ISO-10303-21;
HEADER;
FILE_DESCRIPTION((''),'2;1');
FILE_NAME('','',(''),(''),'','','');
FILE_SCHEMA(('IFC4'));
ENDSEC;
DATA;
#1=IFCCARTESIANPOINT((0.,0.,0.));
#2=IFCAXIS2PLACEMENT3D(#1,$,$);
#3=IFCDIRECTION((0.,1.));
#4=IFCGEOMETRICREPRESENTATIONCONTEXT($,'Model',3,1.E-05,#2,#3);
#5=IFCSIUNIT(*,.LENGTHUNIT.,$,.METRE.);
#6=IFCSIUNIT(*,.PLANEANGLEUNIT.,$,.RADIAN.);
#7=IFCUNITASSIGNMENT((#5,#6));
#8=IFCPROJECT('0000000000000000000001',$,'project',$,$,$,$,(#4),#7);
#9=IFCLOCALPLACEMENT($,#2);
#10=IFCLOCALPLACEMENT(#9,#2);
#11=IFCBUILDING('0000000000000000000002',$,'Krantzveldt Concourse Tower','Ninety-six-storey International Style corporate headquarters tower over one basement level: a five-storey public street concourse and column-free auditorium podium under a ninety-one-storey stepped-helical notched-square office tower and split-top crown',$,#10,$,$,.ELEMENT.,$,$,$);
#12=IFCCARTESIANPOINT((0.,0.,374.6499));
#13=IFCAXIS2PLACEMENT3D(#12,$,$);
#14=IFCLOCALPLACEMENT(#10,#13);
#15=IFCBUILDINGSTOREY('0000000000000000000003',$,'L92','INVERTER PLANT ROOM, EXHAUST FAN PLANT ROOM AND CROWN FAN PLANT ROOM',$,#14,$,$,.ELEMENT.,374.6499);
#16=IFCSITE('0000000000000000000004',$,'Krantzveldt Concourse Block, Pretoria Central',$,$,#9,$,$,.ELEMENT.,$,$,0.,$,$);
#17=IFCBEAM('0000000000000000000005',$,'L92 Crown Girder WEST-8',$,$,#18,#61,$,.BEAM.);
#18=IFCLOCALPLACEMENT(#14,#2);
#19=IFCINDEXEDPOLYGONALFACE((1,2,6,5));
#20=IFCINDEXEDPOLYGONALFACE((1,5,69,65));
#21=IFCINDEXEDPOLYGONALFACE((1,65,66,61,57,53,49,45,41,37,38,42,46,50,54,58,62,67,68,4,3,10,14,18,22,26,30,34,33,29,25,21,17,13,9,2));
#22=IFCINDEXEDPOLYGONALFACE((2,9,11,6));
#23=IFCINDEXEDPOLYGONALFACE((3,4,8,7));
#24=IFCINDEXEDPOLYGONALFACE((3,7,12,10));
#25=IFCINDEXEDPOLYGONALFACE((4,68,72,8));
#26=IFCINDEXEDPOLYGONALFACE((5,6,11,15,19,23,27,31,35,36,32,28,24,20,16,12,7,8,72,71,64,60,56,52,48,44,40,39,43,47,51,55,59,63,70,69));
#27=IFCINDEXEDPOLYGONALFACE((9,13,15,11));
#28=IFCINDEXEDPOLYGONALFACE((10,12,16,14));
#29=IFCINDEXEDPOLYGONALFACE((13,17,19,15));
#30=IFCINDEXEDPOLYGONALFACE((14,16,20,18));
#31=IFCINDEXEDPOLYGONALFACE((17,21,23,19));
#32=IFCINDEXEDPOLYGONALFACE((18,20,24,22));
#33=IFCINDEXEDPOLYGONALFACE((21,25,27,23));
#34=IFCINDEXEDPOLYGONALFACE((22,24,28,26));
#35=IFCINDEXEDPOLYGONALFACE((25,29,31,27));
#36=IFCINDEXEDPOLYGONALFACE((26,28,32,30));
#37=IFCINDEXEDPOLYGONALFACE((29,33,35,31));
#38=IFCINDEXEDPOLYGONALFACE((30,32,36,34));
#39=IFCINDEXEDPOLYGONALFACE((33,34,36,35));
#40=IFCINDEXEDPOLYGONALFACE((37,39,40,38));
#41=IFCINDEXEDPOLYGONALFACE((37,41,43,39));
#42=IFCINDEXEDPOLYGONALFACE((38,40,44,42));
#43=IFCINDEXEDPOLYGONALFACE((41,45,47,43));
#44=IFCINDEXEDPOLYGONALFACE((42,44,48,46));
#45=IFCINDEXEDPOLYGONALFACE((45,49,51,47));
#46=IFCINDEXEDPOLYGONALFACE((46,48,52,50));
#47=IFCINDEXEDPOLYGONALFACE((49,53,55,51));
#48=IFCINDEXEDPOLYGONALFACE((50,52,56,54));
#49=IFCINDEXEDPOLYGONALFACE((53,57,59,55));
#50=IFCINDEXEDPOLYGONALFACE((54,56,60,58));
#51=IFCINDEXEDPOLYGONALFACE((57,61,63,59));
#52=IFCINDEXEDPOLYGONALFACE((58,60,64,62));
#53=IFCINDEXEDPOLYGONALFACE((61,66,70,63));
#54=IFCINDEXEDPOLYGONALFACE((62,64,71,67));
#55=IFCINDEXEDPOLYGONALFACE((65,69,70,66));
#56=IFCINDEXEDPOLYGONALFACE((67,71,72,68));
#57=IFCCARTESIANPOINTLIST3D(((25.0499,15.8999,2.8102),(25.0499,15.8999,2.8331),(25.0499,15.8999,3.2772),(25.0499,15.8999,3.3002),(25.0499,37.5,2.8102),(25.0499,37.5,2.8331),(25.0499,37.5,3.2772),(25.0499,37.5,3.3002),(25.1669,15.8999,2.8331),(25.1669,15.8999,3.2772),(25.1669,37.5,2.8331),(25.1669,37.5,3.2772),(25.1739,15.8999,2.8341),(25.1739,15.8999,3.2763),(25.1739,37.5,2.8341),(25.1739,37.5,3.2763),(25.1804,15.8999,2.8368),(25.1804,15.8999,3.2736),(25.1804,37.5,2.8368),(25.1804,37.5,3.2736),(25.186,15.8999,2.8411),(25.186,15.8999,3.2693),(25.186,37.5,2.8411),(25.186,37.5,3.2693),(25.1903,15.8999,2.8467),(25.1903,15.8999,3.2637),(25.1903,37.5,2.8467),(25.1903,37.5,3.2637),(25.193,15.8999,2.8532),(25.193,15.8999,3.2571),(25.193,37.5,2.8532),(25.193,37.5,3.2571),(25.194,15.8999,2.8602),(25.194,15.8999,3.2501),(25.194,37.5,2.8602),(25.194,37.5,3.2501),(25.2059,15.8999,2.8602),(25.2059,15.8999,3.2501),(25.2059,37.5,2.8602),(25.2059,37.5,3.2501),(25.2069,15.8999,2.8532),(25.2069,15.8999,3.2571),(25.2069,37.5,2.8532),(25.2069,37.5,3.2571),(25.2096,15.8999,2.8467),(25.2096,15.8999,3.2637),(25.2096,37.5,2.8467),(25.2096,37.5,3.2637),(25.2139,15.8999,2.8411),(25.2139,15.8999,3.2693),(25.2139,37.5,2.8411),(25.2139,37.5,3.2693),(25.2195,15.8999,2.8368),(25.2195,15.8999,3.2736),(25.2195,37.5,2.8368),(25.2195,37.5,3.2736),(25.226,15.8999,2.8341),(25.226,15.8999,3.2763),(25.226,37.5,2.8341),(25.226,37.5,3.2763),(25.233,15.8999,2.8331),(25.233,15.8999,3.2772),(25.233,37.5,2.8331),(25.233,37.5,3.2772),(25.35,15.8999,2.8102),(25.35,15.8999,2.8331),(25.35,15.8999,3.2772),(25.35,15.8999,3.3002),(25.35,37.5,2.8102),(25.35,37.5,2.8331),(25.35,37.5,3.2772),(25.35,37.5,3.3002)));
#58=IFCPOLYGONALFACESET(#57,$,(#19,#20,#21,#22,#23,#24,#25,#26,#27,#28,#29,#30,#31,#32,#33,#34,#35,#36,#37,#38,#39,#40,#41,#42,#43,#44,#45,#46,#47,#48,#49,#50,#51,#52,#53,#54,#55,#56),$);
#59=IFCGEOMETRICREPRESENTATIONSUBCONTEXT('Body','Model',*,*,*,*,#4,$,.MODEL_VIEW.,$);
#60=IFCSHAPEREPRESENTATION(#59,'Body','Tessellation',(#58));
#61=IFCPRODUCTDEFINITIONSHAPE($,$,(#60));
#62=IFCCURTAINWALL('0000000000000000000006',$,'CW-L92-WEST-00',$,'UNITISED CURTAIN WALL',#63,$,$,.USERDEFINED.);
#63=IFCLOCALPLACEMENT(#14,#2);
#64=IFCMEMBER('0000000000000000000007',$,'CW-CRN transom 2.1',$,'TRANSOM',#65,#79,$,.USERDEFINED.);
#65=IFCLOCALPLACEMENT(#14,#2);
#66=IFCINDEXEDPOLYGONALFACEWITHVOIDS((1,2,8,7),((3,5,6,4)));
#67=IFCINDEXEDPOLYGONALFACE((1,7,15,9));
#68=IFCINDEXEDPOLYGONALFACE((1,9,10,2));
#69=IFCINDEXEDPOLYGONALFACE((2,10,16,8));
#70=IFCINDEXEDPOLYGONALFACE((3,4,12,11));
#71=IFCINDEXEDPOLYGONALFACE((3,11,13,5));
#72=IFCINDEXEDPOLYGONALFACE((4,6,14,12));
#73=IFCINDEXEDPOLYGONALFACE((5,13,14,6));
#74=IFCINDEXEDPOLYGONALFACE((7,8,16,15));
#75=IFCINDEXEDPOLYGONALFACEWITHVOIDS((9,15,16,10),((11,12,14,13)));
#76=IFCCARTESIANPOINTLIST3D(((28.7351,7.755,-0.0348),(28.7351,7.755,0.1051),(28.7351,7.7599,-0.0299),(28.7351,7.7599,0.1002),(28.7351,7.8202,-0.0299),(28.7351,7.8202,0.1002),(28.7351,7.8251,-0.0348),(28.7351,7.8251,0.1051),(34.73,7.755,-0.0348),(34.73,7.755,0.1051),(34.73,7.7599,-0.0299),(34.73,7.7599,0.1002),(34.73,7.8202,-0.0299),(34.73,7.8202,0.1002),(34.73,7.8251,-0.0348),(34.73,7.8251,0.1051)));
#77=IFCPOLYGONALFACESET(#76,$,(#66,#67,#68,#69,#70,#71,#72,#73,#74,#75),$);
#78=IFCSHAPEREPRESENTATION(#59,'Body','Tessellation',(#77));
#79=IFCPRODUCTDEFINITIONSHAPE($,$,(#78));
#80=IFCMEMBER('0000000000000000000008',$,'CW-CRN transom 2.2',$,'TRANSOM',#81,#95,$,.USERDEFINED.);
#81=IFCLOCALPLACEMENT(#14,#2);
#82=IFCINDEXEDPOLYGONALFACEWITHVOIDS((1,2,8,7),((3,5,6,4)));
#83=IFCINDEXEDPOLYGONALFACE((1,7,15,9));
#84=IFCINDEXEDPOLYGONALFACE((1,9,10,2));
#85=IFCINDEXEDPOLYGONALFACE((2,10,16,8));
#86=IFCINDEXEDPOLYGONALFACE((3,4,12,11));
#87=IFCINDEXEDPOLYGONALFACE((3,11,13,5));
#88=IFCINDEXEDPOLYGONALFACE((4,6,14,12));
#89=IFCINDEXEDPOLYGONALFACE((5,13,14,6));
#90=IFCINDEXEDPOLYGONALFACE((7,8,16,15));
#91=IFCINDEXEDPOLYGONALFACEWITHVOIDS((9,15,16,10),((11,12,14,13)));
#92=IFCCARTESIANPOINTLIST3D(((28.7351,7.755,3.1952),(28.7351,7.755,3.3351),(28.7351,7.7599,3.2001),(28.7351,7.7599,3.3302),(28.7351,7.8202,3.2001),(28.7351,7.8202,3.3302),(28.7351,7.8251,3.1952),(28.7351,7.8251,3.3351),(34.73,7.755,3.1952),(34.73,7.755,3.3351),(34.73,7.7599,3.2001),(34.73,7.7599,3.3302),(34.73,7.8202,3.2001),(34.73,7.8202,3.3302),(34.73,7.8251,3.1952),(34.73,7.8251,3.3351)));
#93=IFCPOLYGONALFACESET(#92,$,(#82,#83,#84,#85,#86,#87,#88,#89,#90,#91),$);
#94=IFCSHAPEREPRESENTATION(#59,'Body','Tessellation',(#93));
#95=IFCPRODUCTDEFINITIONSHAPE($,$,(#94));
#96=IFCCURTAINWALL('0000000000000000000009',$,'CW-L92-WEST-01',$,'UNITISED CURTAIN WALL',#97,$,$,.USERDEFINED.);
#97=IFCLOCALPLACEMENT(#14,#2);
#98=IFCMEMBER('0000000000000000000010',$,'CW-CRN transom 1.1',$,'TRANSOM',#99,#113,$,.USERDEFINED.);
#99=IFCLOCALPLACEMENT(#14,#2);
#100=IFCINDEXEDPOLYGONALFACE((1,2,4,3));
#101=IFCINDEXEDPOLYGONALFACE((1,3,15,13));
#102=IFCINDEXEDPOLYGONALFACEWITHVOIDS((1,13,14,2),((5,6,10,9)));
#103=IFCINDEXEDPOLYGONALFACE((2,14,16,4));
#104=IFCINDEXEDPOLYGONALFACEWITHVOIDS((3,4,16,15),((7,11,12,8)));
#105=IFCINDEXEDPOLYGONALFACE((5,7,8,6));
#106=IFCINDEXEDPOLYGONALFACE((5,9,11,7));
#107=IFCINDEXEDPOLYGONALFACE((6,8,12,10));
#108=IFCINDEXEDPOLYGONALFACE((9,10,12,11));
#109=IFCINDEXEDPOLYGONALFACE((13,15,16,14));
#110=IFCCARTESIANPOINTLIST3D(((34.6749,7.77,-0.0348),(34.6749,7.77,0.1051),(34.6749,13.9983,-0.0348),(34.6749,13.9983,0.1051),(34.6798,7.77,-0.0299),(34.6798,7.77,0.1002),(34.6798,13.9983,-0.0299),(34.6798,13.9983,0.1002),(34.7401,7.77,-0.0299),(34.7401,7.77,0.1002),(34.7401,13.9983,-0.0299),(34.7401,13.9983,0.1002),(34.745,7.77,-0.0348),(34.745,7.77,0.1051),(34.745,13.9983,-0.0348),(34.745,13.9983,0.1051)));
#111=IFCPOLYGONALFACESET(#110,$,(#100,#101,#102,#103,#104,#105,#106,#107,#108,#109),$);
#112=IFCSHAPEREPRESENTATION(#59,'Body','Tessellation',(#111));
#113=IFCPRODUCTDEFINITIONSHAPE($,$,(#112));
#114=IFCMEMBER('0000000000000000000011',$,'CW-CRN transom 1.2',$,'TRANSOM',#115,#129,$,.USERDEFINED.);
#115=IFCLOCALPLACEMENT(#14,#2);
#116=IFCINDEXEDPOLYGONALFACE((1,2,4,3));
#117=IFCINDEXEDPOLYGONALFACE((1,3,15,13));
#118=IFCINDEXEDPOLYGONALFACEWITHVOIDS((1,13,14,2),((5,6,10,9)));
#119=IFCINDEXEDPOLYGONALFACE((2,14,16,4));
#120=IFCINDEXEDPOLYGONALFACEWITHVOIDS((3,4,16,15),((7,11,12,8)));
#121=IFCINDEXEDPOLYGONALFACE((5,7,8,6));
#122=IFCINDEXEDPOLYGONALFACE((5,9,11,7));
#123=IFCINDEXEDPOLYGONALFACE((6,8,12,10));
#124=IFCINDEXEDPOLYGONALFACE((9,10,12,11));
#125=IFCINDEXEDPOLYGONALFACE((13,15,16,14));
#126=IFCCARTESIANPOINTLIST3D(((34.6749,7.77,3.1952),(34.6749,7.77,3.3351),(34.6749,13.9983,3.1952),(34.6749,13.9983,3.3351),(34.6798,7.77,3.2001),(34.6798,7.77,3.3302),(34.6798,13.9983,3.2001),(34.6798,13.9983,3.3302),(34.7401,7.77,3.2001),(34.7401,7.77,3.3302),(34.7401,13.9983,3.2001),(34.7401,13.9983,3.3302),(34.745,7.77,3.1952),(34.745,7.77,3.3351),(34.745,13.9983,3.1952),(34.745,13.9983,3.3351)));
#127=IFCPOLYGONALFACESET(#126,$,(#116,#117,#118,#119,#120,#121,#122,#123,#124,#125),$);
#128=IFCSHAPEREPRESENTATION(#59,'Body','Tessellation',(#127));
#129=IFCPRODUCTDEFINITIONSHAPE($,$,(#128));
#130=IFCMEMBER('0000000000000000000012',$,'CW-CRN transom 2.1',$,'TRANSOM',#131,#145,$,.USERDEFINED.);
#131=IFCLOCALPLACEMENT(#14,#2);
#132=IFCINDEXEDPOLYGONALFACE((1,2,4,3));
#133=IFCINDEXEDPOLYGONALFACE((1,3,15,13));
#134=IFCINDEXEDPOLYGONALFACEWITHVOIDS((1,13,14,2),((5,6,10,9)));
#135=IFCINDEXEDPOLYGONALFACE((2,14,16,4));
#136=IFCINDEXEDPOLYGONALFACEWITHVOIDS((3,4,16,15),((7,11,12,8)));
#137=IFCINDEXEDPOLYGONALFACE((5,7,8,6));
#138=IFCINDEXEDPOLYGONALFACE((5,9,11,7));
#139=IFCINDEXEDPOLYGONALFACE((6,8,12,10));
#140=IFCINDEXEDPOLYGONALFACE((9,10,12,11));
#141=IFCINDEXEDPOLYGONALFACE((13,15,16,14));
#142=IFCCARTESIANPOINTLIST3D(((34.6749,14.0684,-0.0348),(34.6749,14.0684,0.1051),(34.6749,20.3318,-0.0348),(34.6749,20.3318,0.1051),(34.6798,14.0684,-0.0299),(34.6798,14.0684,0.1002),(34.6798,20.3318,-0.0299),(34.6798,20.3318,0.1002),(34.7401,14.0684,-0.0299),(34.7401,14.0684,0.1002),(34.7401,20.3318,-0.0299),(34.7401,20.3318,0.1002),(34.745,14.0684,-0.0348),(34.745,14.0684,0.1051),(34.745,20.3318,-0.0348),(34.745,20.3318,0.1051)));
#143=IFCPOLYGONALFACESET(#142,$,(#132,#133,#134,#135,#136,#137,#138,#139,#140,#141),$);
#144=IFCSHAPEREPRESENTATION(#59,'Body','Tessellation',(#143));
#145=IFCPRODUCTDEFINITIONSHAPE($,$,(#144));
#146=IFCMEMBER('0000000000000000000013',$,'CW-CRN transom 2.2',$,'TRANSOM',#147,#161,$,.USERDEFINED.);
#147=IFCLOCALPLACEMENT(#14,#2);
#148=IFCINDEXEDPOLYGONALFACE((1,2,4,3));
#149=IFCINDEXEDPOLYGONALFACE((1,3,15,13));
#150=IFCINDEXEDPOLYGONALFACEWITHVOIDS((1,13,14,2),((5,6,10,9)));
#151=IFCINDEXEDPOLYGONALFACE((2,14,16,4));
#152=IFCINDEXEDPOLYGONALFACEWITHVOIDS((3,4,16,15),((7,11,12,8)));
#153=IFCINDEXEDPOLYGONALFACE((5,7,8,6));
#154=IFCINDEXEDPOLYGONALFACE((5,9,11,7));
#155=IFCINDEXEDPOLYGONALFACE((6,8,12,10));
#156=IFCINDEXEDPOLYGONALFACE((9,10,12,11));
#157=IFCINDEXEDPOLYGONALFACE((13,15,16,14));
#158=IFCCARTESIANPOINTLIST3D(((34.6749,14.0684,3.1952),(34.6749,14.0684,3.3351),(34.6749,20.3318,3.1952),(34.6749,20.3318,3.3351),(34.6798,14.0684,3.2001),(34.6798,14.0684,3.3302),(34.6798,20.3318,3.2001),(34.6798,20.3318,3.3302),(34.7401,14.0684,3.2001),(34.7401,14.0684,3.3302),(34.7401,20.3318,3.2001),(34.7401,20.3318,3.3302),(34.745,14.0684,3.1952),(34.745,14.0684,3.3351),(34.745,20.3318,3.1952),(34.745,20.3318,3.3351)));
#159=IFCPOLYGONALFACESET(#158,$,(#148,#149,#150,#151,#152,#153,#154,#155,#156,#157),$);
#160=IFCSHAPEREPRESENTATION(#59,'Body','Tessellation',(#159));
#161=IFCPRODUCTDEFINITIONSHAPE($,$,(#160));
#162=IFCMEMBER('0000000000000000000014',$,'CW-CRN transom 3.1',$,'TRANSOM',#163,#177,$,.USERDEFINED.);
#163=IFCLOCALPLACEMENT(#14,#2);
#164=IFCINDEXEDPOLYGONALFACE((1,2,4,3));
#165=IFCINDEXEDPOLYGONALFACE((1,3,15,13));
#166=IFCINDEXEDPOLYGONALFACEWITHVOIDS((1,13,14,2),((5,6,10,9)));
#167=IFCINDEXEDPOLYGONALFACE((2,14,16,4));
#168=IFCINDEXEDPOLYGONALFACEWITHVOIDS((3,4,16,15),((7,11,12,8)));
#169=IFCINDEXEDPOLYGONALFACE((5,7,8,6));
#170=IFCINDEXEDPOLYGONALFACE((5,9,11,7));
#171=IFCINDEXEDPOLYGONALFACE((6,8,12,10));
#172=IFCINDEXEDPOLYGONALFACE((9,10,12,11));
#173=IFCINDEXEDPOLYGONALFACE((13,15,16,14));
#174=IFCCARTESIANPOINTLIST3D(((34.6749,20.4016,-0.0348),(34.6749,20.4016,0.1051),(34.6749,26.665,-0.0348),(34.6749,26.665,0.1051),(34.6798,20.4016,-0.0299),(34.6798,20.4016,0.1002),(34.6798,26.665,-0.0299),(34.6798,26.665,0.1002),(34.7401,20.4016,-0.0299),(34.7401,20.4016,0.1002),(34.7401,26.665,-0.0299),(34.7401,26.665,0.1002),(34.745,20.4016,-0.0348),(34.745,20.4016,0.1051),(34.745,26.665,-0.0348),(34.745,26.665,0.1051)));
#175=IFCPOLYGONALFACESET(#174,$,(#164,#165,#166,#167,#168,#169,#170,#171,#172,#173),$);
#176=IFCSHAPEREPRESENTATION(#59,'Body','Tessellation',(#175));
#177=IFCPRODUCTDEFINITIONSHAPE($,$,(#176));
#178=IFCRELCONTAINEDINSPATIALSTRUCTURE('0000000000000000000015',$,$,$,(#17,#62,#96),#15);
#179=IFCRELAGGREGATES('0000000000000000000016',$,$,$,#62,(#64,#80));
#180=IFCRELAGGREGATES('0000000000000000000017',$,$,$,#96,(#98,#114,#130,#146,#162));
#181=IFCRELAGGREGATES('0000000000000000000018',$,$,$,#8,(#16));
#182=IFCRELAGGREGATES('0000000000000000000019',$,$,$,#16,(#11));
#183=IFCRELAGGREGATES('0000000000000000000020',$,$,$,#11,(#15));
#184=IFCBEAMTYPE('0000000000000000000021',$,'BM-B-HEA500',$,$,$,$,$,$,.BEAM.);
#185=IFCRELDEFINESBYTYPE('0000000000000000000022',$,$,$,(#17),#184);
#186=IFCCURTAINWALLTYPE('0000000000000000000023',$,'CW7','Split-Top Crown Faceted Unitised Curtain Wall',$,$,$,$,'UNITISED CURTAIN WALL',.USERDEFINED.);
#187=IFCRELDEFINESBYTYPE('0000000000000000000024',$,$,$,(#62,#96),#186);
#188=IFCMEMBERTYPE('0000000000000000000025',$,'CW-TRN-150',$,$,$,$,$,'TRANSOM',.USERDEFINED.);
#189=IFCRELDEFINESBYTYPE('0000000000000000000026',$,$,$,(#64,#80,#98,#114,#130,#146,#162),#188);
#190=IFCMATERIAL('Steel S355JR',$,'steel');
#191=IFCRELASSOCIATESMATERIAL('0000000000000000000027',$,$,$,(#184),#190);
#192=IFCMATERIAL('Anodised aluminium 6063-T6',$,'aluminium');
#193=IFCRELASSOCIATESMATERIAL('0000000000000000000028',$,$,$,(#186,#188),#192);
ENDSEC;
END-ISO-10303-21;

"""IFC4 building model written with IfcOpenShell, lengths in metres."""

from ifc_helpers import new_model, si_unit, direction, frame, origin, origin_2d, place, context, subcontext, project, spatial, hollow_rectangle, i_section, extrude, source, transform, mapped, material, material_profile, profile_set, type_object, type_shapes, element, aggregate, save


model = new_model("IFC4")

# Units and contexts
model_context = context("Model", 3, precision=1e-05, world=origin(), true_north=direction((0.0, 1.0)))
body_context = subcontext(model_context, "Body", "Model", "MODEL_VIEW")
ifc_project = project(units=[si_unit("LENGTHUNIT", "METRE"), si_unit("PLANEANGLEUNIT", "RADIAN")], contexts=[model_context])

# Site, building, storey
site_placement = place(None, origin())
site = spatial("IfcSite", under=ifc_project, at=site_placement, Name="Krantzveldt Concourse Block, Pretoria Central", CompositionType="ELEMENT", RefElevation=0.0)
building_placement = place(site_placement, origin())
building = spatial("IfcBuilding", under=site, at=building_placement, Name="Krantzveldt Concourse Tower", Description="Ninety-six-storey International Style corporate headquarters tower over one basement level: a five-storey public street concourse and column-free auditorium podium under a ninety-one-storey stepped-helical notched-square office tower and split-top crown", CompositionType="ELEMENT")
storey_placement = place(building_placement, frame((0.0, 0.0, 374.6499)))
storey = spatial("IfcBuildingStorey", under=building, at=storey_placement, Name="L92", Description="INVERTER PLANT ROOM, EXHAUST FAN PLANT ROOM AND CROWN FAN PLANT ROOM", CompositionType="ELEMENT", Elevation=374.6499)

# Beam
ifc_material_1 = material(Name="Steel S355JR", Category="steel")
ifc_material_profile_1 = material_profile(ifc_material_1, i_section(OverallWidth=0.3, OverallDepth=0.49, WebThickness=0.012, FlangeThickness=0.0229, FilletRadius=0.0271, at=origin_2d()), Name="Steel S355JR", Category="steel")
ifc_profile_set_1 = profile_set([ifc_material_profile_1], Name="Steel S355JR - HEA 500")
beam_type = type_object("IfcBeamType", Name="BM-B-HEA500", PredefinedType="BEAM", material=ifc_profile_set_1)
shared_shape_1 = source(origin(), body_context, "Body", "SweptSolid", [
    extrude(i_section(OverallWidth=0.3, OverallDepth=0.49, WebThickness=0.012, FlangeThickness=0.0229, FilletRadius=0.0271, at=origin_2d()), origin(), (0.0, 0.0, 1.0), 21.6001),
])
type_shapes(beam_type, [shared_shape_1])
beam_placement = place(storey_placement, frame((25.2, 15.8999, 3.0552), z_axis=(0.0, 1.0, 0.0), x_axis=(-1.0, 0.0, 0.0)))
element("IfcBeam", 1, at=beam_placement, inside=storey, type_object=beam_type, Name="L92 Crown Girder WEST-8", PredefinedType="BEAM", context=body_context, shape_type="MappedRepresentation", body=[
    mapped(shared_shape_1, transform((0.0, 0.0, 0.0), x_axis=(1.0, 0.0, 0.0), y_axis=(0.0, 1.0, 0.0), z_axis=(0.0, 0.0, 1.0), scale=1.0)),
])

# Curtain walls, members
ifc_material_2 = material(Name="Anodised aluminium 6063-T6", Category="aluminium")
curtain_wall_type = type_object("IfcCurtainWallType", Name="CW7", Description="Split-Top Crown Faceted Unitised Curtain Wall", ElementType="UNITISED CURTAIN WALL", PredefinedType="USERDEFINED", material=ifc_material_2)
curtain_wall_1_placement = place(storey_placement, origin())
curtain_wall_1 = element("IfcCurtainWall", 2, at=curtain_wall_1_placement, inside=storey, type_object=curtain_wall_type, Name="CW-L92-WEST-00", ObjectType="UNITISED CURTAIN WALL", PredefinedType="USERDEFINED")
ifc_material_profile_2 = material_profile(ifc_material_2, hollow_rectangle(XDim=0.0701, YDim=0.1399, WallThickness=0.0049, at=origin_2d()), Name="Anodised aluminium 6063-T6", Category="aluminium")
ifc_profile_set_2 = profile_set([ifc_material_profile_2], Name="Anodised aluminium 6063-T6 - ALU-TRAN 140x70x5")
member_type_1 = type_object("IfcMemberType", Name="CW-TRN-150", ElementType="TRANSOM", PredefinedType="USERDEFINED", material=ifc_profile_set_2)
shared_shape_2 = source(origin(), body_context, "Body", "SweptSolid", [
    extrude(hollow_rectangle(XDim=0.0701, YDim=0.1399, WallThickness=0.0049, at=origin_2d()), origin(), (0.0, 0.0, 1.0), 5.9949),
])
member_1_placement = place(storey_placement, frame((28.7351, 7.79, 0.0352), z_axis=(1.0, 0.0, 0.0), x_axis=(0.0, 1.0, 0.0)))
member_1 = element("IfcMember", 3, at=member_1_placement, type_object=member_type_1, Name="CW-CRN transom 2.1", ObjectType="TRANSOM", PredefinedType="USERDEFINED", context=body_context, shape_type="MappedRepresentation", body=[
    mapped(shared_shape_2, transform((0.0, 0.0, 0.0), x_axis=(1.0, 0.0, 0.0), y_axis=(0.0, 1.0, 0.0), z_axis=(0.0, 0.0, 1.0), scale=1.0)),
])
member_2_placement = place(storey_placement, frame((28.7351, 7.79, 3.2651), z_axis=(1.0, 0.0, 0.0), x_axis=(0.0, 1.0, 0.0)))
member_2 = element("IfcMember", 4, at=member_2_placement, type_object=member_type_1, Name="CW-CRN transom 2.2", ObjectType="TRANSOM", PredefinedType="USERDEFINED", context=body_context, shape_type="MappedRepresentation", body=[
    mapped(shared_shape_2, transform((0.0, 0.0, 0.0), x_axis=(1.0, 0.0, 0.0), y_axis=(0.0, 1.0, 0.0), z_axis=(0.0, 0.0, 1.0), scale=1.0)),
])
curtain_wall_2_placement = place(storey_placement, origin())
curtain_wall_2 = element("IfcCurtainWall", 5, at=curtain_wall_2_placement, inside=storey, type_object=curtain_wall_type, Name="CW-L92-WEST-01", ObjectType="UNITISED CURTAIN WALL", PredefinedType="USERDEFINED")
shared_shape_3 = source(origin(), body_context, "Body", "SweptSolid", [
    extrude(hollow_rectangle(XDim=0.0701, YDim=0.1399, WallThickness=0.0049, at=origin_2d()), origin(), (0.0, 0.0, 1.0), 6.2283),
])
member_3_placement = place(storey_placement, frame((34.71, 7.77, 0.0352), z_axis=(0.0, 1.0, 0.0), x_axis=(-1.0, 0.0, 0.0)))
member_3 = element("IfcMember", 6, at=member_3_placement, type_object=member_type_1, Name="CW-CRN transom 1.1", ObjectType="TRANSOM", PredefinedType="USERDEFINED", context=body_context, shape_type="MappedRepresentation", body=[
    mapped(shared_shape_3, transform((0.0, 0.0, 0.0), x_axis=(1.0, 0.0, 0.0), y_axis=(0.0, 1.0, 0.0), z_axis=(0.0, 0.0, 1.0), scale=1.0)),
])
member_4_placement = place(storey_placement, frame((34.71, 7.77, 3.2651), z_axis=(0.0, 1.0, 0.0), x_axis=(-1.0, 0.0, 0.0)))
member_4 = element("IfcMember", 7, at=member_4_placement, type_object=member_type_1, Name="CW-CRN transom 1.2", ObjectType="TRANSOM", PredefinedType="USERDEFINED", context=body_context, shape_type="MappedRepresentation", body=[
    mapped(shared_shape_3, transform((0.0, 0.0, 0.0), x_axis=(1.0, 0.0, 0.0), y_axis=(0.0, 1.0, 0.0), z_axis=(0.0, 0.0, 1.0), scale=1.0)),
])
shared_shape_4 = source(origin(), body_context, "Body", "SweptSolid", [
    extrude(hollow_rectangle(XDim=0.0701, YDim=0.1399, WallThickness=0.0049, at=origin_2d()), origin(), (0.0, 0.0, 1.0), 6.2634),
])
type_shapes(member_type_1, [shared_shape_2, shared_shape_3, shared_shape_4])
member_5_placement = place(storey_placement, frame((34.71, 14.0684, 0.0352), z_axis=(0.0, 1.0, 0.0), x_axis=(-1.0, 0.0, 0.0)))
member_5 = element("IfcMember", 8, at=member_5_placement, type_object=member_type_1, Name="CW-CRN transom 2.1", ObjectType="TRANSOM", PredefinedType="USERDEFINED", context=body_context, shape_type="MappedRepresentation", body=[
    mapped(shared_shape_4, transform((0.0, 0.0, 0.0), x_axis=(1.0, 0.0, 0.0), y_axis=(0.0, 1.0, 0.0), z_axis=(0.0, 0.0, 1.0), scale=1.0)),
])
member_6_placement = place(storey_placement, frame((34.71, 14.0684, 3.2651), z_axis=(0.0, 1.0, 0.0), x_axis=(-1.0, 0.0, 0.0)))
member_6 = element("IfcMember", 9, at=member_6_placement, type_object=member_type_1, Name="CW-CRN transom 2.2", ObjectType="TRANSOM", PredefinedType="USERDEFINED", context=body_context, shape_type="MappedRepresentation", body=[
    mapped(shared_shape_4, transform((0.0, 0.0, 0.0), x_axis=(1.0, 0.0, 0.0), y_axis=(0.0, 1.0, 0.0), z_axis=(0.0, 0.0, 1.0), scale=1.0)),
])
member_7_placement = place(storey_placement, frame((34.71, 20.4016, 0.0352), z_axis=(0.0, 1.0, 0.0), x_axis=(-1.0, 0.0, 0.0)))
member_7 = element("IfcMember", 10, at=member_7_placement, type_object=member_type_1, Name="CW-CRN transom 3.1", ObjectType="TRANSOM", PredefinedType="USERDEFINED", context=body_context, shape_type="MappedRepresentation", body=[
    mapped(shared_shape_4, transform((0.0, 0.0, 0.0), x_axis=(1.0, 0.0, 0.0), y_axis=(0.0, 1.0, 0.0), z_axis=(0.0, 0.0, 1.0), scale=1.0)),
])

aggregate(curtain_wall_1, [member_1, member_2])
aggregate(curtain_wall_2, [member_3, member_4, member_5, member_6, member_7])

save(model, "model.ifc")
